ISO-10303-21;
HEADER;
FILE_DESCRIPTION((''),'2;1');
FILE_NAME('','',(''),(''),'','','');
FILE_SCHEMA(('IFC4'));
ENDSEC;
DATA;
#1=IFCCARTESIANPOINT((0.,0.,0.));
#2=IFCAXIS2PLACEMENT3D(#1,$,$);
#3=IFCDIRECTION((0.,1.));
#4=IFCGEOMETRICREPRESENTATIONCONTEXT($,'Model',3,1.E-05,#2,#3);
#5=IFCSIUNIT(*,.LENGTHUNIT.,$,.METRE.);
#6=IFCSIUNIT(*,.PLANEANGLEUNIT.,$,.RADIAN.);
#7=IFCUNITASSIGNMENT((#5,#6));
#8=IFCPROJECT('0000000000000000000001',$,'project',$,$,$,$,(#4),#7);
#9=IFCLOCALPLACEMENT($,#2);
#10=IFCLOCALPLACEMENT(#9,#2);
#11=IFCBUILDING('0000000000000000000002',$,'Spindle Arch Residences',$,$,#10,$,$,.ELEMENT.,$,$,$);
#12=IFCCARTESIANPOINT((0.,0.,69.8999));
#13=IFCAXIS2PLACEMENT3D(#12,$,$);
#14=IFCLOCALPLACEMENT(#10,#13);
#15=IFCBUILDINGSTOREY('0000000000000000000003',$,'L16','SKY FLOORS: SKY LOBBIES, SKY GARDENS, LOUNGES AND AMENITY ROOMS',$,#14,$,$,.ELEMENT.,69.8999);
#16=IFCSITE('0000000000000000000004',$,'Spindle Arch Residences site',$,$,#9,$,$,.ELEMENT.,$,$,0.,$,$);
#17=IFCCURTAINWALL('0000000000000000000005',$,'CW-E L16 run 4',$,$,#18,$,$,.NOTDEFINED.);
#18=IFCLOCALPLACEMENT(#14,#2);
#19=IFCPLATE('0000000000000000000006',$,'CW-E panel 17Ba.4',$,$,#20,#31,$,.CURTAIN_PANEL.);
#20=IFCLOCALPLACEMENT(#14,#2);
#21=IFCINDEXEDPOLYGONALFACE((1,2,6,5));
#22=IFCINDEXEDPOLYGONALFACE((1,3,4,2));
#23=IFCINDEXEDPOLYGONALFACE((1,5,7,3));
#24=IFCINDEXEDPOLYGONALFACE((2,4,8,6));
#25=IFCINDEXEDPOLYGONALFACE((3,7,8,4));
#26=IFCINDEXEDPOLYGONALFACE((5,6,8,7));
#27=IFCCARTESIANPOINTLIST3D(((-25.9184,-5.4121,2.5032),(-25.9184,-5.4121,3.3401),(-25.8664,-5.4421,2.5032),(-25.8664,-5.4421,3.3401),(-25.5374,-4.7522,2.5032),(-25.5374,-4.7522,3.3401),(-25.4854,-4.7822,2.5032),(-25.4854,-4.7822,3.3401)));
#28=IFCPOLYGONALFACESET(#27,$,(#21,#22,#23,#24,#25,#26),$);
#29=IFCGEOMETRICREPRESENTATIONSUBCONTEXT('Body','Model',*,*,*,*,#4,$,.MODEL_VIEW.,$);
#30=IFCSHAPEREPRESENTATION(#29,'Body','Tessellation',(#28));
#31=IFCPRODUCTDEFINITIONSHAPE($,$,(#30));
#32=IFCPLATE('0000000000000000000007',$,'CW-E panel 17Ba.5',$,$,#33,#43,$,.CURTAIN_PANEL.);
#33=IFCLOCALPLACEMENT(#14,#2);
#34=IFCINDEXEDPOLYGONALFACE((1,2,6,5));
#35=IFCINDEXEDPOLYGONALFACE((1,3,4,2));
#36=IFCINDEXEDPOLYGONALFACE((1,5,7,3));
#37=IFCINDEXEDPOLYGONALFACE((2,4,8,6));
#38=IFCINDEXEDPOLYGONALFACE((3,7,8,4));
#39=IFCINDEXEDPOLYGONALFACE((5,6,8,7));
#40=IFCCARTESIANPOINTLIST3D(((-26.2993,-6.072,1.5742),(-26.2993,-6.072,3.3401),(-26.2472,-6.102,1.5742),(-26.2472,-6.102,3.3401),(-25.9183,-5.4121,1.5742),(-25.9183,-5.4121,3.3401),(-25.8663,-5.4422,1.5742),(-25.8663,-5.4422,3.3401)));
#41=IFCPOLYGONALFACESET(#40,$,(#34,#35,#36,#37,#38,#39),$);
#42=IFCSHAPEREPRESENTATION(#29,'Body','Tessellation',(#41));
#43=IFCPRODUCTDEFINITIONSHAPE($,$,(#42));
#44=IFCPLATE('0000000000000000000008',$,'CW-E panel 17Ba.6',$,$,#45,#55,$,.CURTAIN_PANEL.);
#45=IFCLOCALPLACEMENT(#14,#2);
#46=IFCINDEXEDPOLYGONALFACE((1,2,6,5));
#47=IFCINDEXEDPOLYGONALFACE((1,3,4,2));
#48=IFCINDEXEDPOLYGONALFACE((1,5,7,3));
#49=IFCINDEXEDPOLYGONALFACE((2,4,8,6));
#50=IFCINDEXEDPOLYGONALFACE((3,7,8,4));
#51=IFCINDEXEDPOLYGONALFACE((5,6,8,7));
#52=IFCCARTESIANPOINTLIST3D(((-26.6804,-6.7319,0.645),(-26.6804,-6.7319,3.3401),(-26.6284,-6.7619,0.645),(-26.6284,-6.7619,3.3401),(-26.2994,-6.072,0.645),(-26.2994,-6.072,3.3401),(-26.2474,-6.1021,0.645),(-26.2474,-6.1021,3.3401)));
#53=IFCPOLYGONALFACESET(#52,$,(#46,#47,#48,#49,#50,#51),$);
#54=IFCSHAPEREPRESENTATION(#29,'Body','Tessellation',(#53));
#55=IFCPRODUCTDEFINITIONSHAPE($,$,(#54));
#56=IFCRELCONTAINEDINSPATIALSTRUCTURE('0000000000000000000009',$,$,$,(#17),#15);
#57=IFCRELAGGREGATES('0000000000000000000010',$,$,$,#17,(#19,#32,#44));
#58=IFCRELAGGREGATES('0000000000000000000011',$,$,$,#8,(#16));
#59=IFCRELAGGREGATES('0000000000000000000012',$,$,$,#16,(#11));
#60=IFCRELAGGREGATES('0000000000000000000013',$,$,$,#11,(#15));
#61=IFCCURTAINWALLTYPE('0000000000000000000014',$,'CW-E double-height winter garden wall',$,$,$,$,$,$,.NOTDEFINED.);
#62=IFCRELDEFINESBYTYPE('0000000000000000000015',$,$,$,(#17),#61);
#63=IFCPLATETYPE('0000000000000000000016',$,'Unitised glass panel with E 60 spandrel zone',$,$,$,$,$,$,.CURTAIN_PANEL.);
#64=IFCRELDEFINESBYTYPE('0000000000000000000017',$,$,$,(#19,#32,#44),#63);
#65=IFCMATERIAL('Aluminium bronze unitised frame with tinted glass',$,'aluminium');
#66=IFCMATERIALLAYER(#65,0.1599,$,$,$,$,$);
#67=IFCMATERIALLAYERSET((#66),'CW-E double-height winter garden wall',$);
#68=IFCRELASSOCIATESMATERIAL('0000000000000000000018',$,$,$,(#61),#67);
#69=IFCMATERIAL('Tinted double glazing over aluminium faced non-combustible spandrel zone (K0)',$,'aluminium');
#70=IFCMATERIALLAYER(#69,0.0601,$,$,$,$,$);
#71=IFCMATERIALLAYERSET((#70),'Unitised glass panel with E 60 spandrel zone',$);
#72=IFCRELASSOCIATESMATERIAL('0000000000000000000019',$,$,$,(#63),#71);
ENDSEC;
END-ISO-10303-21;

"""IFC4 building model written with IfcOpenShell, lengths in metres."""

from ifc_helpers import new_model, si_unit, direction, frame, origin, origin_2d, place, context, subcontext, project, spatial, rectangle, extrude, material, layer, layer_set, type_object, element, aggregate, save


model = new_model("IFC4")

# Units and contexts
model_context = context("Model", 3, precision=1e-05, world=origin(), true_north=direction((0.0, 1.0)))
body_context = subcontext(model_context, "Body", "Model", "MODEL_VIEW")
ifc_project = project(units=[si_unit("LENGTHUNIT", "METRE"), si_unit("PLANEANGLEUNIT", "RADIAN")], contexts=[model_context])

# Site, building, storey
site_placement = place(None, origin())
site = spatial("IfcSite", under=ifc_project, at=site_placement, Name="Spindle Arch Residences site", CompositionType="ELEMENT", RefElevation=0.0)
building_placement = place(site_placement, origin())
building = spatial("IfcBuilding", under=site, at=building_placement, Name="Spindle Arch Residences", CompositionType="ELEMENT")
storey_placement = place(building_placement, frame((0.0, 0.0, 69.8999)))
storey = spatial("IfcBuildingStorey", under=building, at=storey_placement, Name="L16", Description="SKY FLOORS: SKY LOBBIES, SKY GARDENS, LOUNGES AND AMENITY ROOMS", CompositionType="ELEMENT", Elevation=69.8999)

# Shared definitions
ifc_material_1 = material(Name="Aluminium bronze unitised frame with tinted glass", Category="aluminium")
ifc_layer_1 = layer(ifc_material_1, 0.1599)
ifc_layer_set_1 = layer_set([ifc_layer_1], Name="CW-E double-height winter garden wall")
curtain_wall_type = type_object("IfcCurtainWallType", Name="CW-E double-height winter garden wall", PredefinedType="NOTDEFINED", material=ifc_layer_set_1)

# Curtain wall, plates
curtain_wall_1_placement = place(storey_placement, origin())
curtain_wall_1 = element("IfcCurtainWall", 1, at=curtain_wall_1_placement, inside=storey, type_object=curtain_wall_type, Name="CW-E L16 run 4", PredefinedType="NOTDEFINED")
ifc_material_2 = material(Name="Tinted double glazing over aluminium faced non-combustible spandrel zone (K0)", Category="aluminium")
ifc_layer_2 = layer(ifc_material_2, 0.0601)
ifc_layer_set_2 = layer_set([ifc_layer_2], Name="Unitised glass panel with E 60 spandrel zone")
plate_type_1 = type_object("IfcPlateType", Name="Unitised glass panel with E 60 spandrel zone", PredefinedType="CURTAIN_PANEL", material=ifc_layer_set_2)
plate_1_placement = place(storey_placement, frame((-25.7019, -5.0972, 2.5032), z_axis=(0.0, 0.0, 1.0), x_axis=(-0.5, -0.866025, 0.0)))
plate_1 = element("IfcPlate", 2, at=plate_1_placement, type_object=plate_type_1, Name="CW-E panel 17Ba.4", PredefinedType="CURTAIN_PANEL", context=body_context, shape_type="SweptSolid", body=[
    extrude(rectangle(XDim=0.762, YDim=0.0601, at=origin_2d()), origin(), (0.0, 0.0, 1.0), 0.8369),
])
plate_2_placement = place(storey_placement, frame((-26.0828, -5.7571, 1.5742), z_axis=(0.0, 0.0, 1.0), x_axis=(-0.5, -0.866025, 0.0)))
plate_2 = element("IfcPlate", 3, at=plate_2_placement, type_object=plate_type_1, Name="CW-E panel 17Ba.5", PredefinedType="CURTAIN_PANEL", context=body_context, shape_type="SweptSolid", body=[
    extrude(rectangle(XDim=0.762, YDim=0.0601, at=origin_2d()), origin(), (0.0, 0.0, 1.0), 1.7659),
])
plate_3_placement = place(storey_placement, frame((-26.4639, -6.417, 0.645), z_axis=(0.0, 0.0, 1.0), x_axis=(-0.5, -0.866025, 0.0)))
plate_3 = element("IfcPlate", 4, at=plate_3_placement, type_object=plate_type_1, Name="CW-E panel 17Ba.6", PredefinedType="CURTAIN_PANEL", context=body_context, shape_type="SweptSolid", body=[
    extrude(rectangle(XDim=0.762, YDim=0.0601, at=origin_2d()), origin(), (0.0, 0.0, 1.0), 2.6951),
])
aggregate(curtain_wall_1, [plate_1, plate_2, plate_3])

save(model, "model.ifc")
